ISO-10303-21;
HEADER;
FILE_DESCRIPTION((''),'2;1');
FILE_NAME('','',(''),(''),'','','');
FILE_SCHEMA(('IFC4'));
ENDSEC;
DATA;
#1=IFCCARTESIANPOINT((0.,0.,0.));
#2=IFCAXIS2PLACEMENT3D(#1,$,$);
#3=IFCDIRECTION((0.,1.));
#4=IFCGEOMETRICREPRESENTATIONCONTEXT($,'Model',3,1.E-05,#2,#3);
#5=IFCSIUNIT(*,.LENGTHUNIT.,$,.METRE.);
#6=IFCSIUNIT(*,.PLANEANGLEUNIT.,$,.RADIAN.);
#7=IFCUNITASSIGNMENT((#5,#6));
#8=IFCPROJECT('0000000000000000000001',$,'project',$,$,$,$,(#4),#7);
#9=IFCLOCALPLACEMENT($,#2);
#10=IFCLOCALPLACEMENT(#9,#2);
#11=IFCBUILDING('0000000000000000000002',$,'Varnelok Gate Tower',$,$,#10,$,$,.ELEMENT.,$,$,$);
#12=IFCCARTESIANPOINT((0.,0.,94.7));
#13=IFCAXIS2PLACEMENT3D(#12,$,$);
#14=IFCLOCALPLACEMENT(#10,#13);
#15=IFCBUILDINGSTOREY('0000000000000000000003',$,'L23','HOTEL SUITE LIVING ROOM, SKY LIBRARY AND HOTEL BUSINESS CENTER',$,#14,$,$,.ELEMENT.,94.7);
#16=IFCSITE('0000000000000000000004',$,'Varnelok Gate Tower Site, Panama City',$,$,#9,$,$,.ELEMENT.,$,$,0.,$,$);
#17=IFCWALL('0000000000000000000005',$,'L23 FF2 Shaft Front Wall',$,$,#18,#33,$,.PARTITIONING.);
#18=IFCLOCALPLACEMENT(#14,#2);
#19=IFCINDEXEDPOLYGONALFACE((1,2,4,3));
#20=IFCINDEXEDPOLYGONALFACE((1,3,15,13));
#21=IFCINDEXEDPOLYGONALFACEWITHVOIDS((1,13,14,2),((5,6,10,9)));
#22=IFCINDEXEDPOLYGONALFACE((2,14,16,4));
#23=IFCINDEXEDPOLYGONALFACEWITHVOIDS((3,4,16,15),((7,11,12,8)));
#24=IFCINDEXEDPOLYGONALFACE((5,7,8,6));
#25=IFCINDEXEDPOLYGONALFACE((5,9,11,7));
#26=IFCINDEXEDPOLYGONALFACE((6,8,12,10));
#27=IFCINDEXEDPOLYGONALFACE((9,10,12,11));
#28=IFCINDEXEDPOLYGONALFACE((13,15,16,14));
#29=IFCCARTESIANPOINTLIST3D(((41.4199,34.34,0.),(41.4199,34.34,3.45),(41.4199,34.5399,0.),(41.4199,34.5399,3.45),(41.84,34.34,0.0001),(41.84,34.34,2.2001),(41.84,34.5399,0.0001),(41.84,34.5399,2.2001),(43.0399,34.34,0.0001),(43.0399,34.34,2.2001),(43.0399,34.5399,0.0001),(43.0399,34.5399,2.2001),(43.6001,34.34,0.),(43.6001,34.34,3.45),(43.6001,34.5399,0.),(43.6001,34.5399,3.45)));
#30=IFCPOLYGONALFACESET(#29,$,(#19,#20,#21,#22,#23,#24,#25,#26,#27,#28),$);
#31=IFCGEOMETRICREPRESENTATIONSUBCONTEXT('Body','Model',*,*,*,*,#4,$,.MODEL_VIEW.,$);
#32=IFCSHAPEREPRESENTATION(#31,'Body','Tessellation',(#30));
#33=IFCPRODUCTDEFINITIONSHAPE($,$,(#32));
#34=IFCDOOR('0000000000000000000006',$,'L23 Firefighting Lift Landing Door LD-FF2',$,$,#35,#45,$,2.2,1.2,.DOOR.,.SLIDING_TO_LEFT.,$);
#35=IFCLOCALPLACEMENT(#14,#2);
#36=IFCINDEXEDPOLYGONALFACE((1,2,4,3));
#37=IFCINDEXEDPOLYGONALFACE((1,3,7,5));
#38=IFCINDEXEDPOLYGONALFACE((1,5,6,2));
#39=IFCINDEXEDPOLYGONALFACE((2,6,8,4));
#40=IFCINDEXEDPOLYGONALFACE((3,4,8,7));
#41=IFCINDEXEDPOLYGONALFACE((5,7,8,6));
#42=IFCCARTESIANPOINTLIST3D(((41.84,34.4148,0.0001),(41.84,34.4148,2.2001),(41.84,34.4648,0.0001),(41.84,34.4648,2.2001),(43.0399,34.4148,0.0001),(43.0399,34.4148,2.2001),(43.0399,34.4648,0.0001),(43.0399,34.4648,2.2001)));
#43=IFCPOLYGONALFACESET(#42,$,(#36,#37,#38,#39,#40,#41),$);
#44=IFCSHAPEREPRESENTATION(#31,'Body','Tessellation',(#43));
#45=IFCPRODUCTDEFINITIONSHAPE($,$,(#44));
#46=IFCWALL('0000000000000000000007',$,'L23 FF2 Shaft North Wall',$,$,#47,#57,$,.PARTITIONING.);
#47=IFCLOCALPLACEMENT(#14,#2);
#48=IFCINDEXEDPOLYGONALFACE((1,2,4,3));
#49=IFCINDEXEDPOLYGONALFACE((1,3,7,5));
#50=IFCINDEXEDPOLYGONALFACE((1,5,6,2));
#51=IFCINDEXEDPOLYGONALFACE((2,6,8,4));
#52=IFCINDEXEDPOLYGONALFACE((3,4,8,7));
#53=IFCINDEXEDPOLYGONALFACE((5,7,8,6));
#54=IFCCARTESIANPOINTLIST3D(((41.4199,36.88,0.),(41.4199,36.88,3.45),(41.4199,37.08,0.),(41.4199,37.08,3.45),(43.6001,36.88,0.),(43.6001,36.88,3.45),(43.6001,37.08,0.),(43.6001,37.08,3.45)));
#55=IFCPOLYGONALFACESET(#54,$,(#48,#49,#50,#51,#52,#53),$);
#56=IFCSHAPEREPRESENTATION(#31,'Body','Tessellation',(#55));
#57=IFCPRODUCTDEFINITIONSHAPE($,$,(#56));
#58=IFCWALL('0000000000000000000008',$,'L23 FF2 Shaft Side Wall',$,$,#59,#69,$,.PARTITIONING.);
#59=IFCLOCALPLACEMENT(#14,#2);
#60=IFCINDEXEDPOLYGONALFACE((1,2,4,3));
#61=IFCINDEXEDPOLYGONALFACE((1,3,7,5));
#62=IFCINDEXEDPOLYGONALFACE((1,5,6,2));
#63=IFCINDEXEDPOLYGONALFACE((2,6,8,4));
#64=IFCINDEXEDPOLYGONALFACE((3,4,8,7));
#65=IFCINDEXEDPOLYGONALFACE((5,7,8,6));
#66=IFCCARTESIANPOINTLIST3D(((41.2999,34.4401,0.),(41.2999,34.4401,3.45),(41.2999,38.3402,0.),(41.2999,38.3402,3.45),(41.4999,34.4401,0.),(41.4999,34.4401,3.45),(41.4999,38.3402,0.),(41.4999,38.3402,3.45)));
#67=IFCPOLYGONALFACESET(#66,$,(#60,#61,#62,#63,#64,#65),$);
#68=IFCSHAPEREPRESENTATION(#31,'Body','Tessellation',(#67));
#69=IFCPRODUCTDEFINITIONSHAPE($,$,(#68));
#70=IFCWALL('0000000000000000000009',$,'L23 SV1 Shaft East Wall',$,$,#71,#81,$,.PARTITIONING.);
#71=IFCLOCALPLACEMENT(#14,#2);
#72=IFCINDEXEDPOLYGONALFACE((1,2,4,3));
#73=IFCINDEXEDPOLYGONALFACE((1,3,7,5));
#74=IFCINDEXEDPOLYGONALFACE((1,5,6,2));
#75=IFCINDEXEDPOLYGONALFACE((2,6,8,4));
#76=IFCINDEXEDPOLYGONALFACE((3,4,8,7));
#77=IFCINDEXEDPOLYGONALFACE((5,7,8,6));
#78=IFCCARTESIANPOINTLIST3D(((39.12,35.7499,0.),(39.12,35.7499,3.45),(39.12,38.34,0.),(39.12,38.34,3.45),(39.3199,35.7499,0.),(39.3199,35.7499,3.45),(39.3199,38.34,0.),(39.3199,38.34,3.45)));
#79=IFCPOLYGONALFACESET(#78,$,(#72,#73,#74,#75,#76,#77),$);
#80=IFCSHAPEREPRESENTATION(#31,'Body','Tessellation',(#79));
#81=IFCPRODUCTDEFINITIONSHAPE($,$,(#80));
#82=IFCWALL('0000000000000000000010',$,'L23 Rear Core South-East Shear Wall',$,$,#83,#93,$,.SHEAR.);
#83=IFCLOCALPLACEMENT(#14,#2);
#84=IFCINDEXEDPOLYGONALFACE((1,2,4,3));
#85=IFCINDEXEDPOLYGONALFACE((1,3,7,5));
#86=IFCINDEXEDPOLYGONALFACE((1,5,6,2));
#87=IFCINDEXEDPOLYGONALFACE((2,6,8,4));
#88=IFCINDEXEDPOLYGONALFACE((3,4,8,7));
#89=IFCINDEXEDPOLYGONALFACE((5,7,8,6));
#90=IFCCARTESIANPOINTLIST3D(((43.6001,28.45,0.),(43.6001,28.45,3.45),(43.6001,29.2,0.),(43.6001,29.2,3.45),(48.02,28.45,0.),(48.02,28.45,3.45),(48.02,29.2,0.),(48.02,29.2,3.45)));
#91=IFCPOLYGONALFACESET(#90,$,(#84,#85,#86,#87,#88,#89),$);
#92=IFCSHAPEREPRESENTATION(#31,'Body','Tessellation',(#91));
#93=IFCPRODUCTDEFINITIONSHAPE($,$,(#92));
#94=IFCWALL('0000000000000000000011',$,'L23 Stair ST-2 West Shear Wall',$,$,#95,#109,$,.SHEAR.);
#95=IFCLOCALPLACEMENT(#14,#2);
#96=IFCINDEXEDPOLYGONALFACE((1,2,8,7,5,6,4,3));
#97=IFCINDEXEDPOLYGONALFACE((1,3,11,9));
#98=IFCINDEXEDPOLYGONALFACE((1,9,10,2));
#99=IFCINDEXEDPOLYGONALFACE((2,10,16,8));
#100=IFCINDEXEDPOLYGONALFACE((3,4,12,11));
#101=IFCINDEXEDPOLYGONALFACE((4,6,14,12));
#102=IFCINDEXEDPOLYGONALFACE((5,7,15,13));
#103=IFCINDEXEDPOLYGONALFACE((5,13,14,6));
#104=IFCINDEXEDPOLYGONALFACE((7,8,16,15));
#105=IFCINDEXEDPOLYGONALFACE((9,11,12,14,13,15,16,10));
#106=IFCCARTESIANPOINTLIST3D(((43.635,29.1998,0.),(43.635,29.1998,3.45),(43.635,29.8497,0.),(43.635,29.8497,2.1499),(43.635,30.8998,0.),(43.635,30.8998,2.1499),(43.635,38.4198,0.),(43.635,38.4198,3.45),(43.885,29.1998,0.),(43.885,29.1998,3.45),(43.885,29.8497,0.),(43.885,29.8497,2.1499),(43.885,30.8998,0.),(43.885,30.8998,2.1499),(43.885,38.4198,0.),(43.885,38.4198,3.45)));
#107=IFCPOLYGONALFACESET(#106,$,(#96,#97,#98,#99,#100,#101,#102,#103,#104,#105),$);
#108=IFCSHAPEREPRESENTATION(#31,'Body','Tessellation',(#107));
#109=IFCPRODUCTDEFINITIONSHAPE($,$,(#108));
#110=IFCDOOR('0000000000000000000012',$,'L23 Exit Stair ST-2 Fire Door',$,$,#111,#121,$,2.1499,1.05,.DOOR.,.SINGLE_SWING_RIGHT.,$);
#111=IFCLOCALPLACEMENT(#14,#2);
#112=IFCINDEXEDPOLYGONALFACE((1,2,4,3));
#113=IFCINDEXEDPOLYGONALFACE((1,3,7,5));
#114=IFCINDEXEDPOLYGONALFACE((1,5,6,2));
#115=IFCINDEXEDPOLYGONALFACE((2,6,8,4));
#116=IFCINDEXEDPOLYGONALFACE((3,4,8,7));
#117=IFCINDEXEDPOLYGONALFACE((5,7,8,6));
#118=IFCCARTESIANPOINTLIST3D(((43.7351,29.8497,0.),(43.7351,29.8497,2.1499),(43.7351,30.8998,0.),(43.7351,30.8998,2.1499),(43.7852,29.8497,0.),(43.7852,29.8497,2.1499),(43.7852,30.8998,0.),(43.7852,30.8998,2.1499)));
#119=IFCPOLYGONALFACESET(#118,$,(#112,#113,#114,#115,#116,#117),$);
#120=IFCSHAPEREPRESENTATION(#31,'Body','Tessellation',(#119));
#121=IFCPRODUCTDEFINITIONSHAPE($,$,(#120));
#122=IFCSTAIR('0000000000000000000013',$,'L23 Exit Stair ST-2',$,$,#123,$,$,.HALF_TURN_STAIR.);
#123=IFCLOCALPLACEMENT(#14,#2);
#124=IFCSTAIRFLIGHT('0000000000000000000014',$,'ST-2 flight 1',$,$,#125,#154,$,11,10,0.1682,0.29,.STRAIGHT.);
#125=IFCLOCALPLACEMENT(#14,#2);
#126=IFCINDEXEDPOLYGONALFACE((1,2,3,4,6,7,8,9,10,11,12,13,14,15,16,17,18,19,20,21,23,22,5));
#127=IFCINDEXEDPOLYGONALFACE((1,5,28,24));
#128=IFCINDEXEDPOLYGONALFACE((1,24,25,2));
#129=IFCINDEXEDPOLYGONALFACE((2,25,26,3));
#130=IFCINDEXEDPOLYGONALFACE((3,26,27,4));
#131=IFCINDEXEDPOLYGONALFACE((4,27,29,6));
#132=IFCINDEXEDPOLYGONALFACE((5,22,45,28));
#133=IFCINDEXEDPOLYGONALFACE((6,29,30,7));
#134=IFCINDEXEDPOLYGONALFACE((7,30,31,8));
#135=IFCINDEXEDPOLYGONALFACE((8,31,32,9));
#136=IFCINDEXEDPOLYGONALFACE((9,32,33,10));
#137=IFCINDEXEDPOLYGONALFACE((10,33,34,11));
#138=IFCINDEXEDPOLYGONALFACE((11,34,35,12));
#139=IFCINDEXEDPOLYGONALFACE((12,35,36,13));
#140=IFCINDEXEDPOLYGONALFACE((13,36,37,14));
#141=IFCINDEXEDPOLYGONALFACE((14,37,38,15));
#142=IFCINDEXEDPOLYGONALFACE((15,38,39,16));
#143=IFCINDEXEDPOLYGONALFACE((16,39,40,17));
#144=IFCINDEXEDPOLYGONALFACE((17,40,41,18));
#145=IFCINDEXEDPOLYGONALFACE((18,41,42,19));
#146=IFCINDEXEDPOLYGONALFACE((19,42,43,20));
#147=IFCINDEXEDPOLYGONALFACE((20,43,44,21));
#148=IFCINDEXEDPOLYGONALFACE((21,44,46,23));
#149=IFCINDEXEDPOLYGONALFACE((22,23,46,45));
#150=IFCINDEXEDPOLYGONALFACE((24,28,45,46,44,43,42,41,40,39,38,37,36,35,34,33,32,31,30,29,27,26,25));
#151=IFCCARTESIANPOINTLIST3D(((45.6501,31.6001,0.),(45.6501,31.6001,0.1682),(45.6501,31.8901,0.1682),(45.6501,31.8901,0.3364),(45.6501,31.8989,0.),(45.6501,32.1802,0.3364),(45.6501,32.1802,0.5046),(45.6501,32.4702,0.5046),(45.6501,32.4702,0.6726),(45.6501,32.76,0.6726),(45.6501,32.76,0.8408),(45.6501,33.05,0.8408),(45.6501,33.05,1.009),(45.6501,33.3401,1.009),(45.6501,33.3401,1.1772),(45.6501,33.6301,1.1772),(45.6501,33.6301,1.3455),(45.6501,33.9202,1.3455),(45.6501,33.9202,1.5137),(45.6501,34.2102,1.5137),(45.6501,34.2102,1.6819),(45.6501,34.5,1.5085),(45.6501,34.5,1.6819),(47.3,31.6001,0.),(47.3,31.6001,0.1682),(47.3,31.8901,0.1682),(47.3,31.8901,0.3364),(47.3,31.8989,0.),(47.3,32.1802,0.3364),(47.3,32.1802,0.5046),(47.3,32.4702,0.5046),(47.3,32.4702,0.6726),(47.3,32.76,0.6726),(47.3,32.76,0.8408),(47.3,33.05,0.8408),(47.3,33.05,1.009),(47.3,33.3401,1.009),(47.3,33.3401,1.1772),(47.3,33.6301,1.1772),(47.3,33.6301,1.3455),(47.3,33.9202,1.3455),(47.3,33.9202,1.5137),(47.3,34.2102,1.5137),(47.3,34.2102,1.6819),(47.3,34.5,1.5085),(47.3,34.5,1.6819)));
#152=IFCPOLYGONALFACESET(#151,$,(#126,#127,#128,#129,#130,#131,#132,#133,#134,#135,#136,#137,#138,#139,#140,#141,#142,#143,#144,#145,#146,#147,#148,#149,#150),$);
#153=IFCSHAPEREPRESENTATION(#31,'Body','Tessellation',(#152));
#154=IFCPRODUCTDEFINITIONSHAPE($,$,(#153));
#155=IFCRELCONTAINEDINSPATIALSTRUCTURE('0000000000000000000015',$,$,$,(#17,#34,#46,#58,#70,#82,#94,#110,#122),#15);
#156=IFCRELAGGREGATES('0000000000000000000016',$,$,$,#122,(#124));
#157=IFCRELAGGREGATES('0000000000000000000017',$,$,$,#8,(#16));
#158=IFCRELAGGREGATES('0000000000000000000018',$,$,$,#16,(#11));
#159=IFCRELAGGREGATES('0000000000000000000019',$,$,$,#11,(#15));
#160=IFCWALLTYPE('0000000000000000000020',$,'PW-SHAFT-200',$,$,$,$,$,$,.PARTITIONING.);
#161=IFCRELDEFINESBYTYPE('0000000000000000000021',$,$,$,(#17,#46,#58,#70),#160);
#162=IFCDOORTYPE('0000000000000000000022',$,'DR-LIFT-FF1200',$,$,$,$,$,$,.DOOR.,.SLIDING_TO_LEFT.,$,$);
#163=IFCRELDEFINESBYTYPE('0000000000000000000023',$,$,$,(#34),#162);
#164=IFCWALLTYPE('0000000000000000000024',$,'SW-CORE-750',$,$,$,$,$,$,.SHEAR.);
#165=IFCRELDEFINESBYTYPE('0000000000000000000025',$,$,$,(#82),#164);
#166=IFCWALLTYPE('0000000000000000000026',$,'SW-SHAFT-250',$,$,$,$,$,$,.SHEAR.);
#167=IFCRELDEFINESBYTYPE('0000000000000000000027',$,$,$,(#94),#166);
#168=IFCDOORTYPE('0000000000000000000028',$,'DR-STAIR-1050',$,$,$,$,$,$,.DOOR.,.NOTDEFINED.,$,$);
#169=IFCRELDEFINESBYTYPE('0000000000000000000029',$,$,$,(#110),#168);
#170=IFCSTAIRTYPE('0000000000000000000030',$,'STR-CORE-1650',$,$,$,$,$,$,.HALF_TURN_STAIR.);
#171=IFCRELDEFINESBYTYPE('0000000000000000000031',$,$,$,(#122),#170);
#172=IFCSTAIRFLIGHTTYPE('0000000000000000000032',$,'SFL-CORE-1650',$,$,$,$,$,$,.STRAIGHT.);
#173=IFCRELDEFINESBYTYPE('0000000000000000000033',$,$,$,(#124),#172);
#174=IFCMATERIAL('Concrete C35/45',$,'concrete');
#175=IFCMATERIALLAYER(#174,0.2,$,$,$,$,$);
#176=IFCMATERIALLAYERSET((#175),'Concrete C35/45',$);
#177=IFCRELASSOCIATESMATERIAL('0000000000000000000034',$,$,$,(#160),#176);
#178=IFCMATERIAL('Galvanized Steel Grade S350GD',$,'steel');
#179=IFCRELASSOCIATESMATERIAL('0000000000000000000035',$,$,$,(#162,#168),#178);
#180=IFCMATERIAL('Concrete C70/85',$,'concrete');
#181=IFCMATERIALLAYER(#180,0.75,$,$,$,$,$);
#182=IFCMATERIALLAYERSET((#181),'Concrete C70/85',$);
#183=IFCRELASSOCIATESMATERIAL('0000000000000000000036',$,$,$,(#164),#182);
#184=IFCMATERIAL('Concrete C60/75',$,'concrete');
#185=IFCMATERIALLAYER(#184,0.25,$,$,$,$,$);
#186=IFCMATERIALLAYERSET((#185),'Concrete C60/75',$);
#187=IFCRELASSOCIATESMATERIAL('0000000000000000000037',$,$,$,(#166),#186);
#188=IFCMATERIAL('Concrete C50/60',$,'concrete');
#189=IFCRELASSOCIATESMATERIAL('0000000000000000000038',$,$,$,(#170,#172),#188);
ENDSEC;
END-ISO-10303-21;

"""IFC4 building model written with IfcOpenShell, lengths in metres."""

from ifc_helpers import new_model, si_unit, direction, frame, frame_2d, origin, place, context, subcontext, project, spatial, polyline, rectangle, outline, extrude, material, layer, layer_set, type_object, element, fill, aggregate, save


model = new_model("IFC4")

# Units and contexts
model_context = context("Model", 3, precision=1e-05, world=origin(), true_north=direction((0.0, 1.0)))
body_context = subcontext(model_context, "Body", "Model", "MODEL_VIEW")
ifc_project = project(units=[si_unit("LENGTHUNIT", "METRE"), si_unit("PLANEANGLEUNIT", "RADIAN")], contexts=[model_context])

# Site, building, storey
site_placement = place(None, origin())
site = spatial("IfcSite", under=ifc_project, at=site_placement, Name="Varnelok Gate Tower Site, Panama City", CompositionType="ELEMENT", RefElevation=0.0)
building_placement = place(site_placement, origin())
building = spatial("IfcBuilding", under=site, at=building_placement, Name="Varnelok Gate Tower", CompositionType="ELEMENT")
storey_placement = place(building_placement, frame((0.0, 0.0, 94.7)))
storey = spatial("IfcBuildingStorey", under=building, at=storey_placement, Name="L23", Description="HOTEL SUITE LIVING ROOM, SKY LIBRARY AND HOTEL BUSINESS CENTER", CompositionType="ELEMENT", Elevation=94.7)

# Shared definitions
ifc_material_1 = material(Name="Concrete C70/85", Category="concrete")

# Shared definitions
ifc_material_2 = material(Name="Galvanized Steel Grade S350GD", Category="steel")

# Shared definitions
ifc_material_3 = material(Name="Concrete C35/45", Category="concrete")
ifc_layer_1 = layer(ifc_material_3, 0.2)
ifc_layer_set_1 = layer_set([ifc_layer_1], Name="Concrete C35/45")
wall_type_1 = type_object("IfcWallType", Name="PW-SHAFT-200", PredefinedType="PARTITIONING", material=ifc_layer_set_1)

# Wall, opening, door
wall_1_placement = place(storey_placement, frame((41.4199, 34.4399, 0.0), z_axis=(0.0, 0.0, 1.0), x_axis=(1.0, 0.0, 0.0)))
wall_1 = element("IfcWall", 1, at=wall_1_placement, inside=storey, type_object=wall_type_1, Name="L23 FF2 Shaft Front Wall", PredefinedType="PARTITIONING", context=body_context, shape_type="SweptSolid", body=[
    extrude(rectangle(XDim=2.1802, YDim=0.2, at=frame_2d((1.0901, 0.0))), origin(), (0.0, 0.0, 1.0), 3.45),
])
opening_1_placement = place(wall_1_placement, frame((0.4199, 0.0, 0.0)))
opening_1 = element("IfcOpeningElement", 2, at=opening_1_placement, cuts=wall_1, PredefinedType="OPENING", context=body_context, shape_type="SweptSolid", body=[
    extrude(rectangle(XDim=1.2, YDim=2.2, at=frame_2d((0.6001, 1.1001))), frame((0.0, 0.1099, 0.0), z_axis=(0.0, -1.0, 0.0), x_axis=(1.0, 0.0, 0.0)), (0.0, 0.0, 1.0), 0.22),
])
door_type_1 = type_object("IfcDoorType", Name="DR-LIFT-FF1200", OperationType="SLIDING_TO_LEFT", PredefinedType="DOOR", material=ifc_material_2)
door_1_placement = place(opening_1_placement, origin())
door_1 = element("IfcDoor", 3, at=door_1_placement, inside=storey, type_object=door_type_1, Name="L23 Firefighting Lift Landing Door LD-FF2", OperationType="SLIDING_TO_LEFT", OverallHeight=2.2, OverallWidth=1.2, PredefinedType="DOOR", context=body_context, shape_type="SweptSolid", body=[
    extrude(rectangle(XDim=1.2, YDim=2.2, at=frame_2d((0.6001, 1.1001))), frame((0.0, 0.0249, 0.0), z_axis=(0.0, -1.0, 0.0), x_axis=(1.0, 0.0, 0.0)), (0.0, 0.0, 1.0), 0.05),
])
fill(opening_1, door_1)

# Walls
wall_2_placement = place(storey_placement, frame((41.4199, 36.98, 0.0), z_axis=(0.0, 0.0, 1.0), x_axis=(1.0, 0.0, 0.0)))
element("IfcWall", 4, at=wall_2_placement, inside=storey, type_object=wall_type_1, Name="L23 FF2 Shaft North Wall", PredefinedType="PARTITIONING", context=body_context, shape_type="SweptSolid", body=[
    extrude(rectangle(XDim=2.1802, YDim=0.2, at=frame_2d((1.0901, 0.0))), origin(), (0.0, 0.0, 1.0), 3.45),
])
wall_3_placement = place(storey_placement, frame((41.3999, 34.4399, 0.0), z_axis=(0.0, 0.0, 1.0), x_axis=(0.0, 1.0, 0.0)))
element("IfcWall", 5, at=wall_3_placement, inside=storey, type_object=wall_type_1, Name="L23 FF2 Shaft Side Wall", PredefinedType="PARTITIONING", context=body_context, shape_type="SweptSolid", body=[
    extrude(rectangle(XDim=3.9001, YDim=0.2, at=frame_2d((1.9502, 0.0))), origin(), (0.0, 0.0, 1.0), 3.45),
])
wall_4_placement = place(storey_placement, frame((39.22, 35.75, 0.0), z_axis=(0.0, 0.0, 1.0), x_axis=(0.0, 1.0, 0.0)))
element("IfcWall", 6, at=wall_4_placement, inside=storey, type_object=wall_type_1, Name="L23 SV1 Shaft East Wall", PredefinedType="PARTITIONING", context=body_context, shape_type="SweptSolid", body=[
    extrude(rectangle(XDim=2.5901, YDim=0.2, at=frame_2d((1.2949, 0.0))), origin(), (0.0, 0.0, 1.0), 3.45),
])
ifc_layer_2 = layer(ifc_material_1, 0.75)
ifc_layer_set_2 = layer_set([ifc_layer_2], Name="Concrete C70/85")
wall_type_2 = type_object("IfcWallType", Name="SW-CORE-750", PredefinedType="SHEAR", material=ifc_layer_set_2)
wall_5_placement = place(storey_placement, frame((43.6001, 28.825, 0.0), z_axis=(0.0, 0.0, 1.0), x_axis=(1.0, 0.0, 0.0)))
element("IfcWall", 7, at=wall_5_placement, inside=storey, type_object=wall_type_2, Name="L23 Rear Core South-East Shear Wall", PredefinedType="SHEAR", context=body_context, shape_type="SweptSolid", body=[
    extrude(rectangle(XDim=4.4199, YDim=0.75, at=frame_2d((2.21, 0.0))), origin(), (0.0, 0.0, 1.0), 3.45),
])

# Wall, opening, door
ifc_material_4 = material(Name="Concrete C60/75", Category="concrete")
ifc_layer_3 = layer(ifc_material_4, 0.25)
ifc_layer_set_3 = layer_set([ifc_layer_3], Name="Concrete C60/75")
wall_type_3 = type_object("IfcWallType", Name="SW-SHAFT-250", PredefinedType="SHEAR", material=ifc_layer_set_3)
wall_6_placement = place(storey_placement, frame((43.76, 29.2, 0.0), z_axis=(0.0, 0.0, 1.0), x_axis=(0.0, 1.0, 0.0)))
wall_6 = element("IfcWall", 8, at=wall_6_placement, inside=storey, type_object=wall_type_3, Name="L23 Stair ST-2 West Shear Wall", PredefinedType="SHEAR", context=body_context, shape_type="SweptSolid", body=[
    extrude(rectangle(XDim=9.22, YDim=0.25, at=frame_2d((4.6099, 0.0))), origin(), (0.0, 0.0, 1.0), 3.45),
])
opening_2_placement = place(wall_6_placement, frame((0.6499, 0.0, 0.0)))
opening_2 = element("IfcOpeningElement", 9, at=opening_2_placement, cuts=wall_6, PredefinedType="OPENING", context=body_context, shape_type="SweptSolid", body=[
    extrude(rectangle(XDim=1.05, YDim=2.1499, at=frame_2d((0.5249, 1.075))), frame((0.0, 0.135, 0.0), z_axis=(0.0, -1.0, 0.0), x_axis=(1.0, 0.0, 0.0)), (0.0, 0.0, 1.0), 0.27),
])
door_type_2 = type_object("IfcDoorType", Name="DR-STAIR-1050", OperationType="NOTDEFINED", PredefinedType="DOOR", material=ifc_material_2)
door_2_placement = place(opening_2_placement, origin())
door_2 = element("IfcDoor", 10, at=door_2_placement, inside=storey, type_object=door_type_2, Name="L23 Exit Stair ST-2 Fire Door", OperationType="SINGLE_SWING_RIGHT", OverallHeight=2.1499, OverallWidth=1.05, PredefinedType="DOOR", context=body_context, shape_type="SweptSolid", body=[
    extrude(rectangle(XDim=1.05, YDim=2.1499, at=frame_2d((0.5249, 1.075))), frame((0.0, 0.0249, 0.0), z_axis=(0.0, -1.0, 0.0), x_axis=(1.0, 0.0, 0.0)), (0.0, 0.0, 1.0), 0.05),
])
fill(opening_2, door_2)

# Stair, stair flight
ifc_material_5 = material(Name="Concrete C50/60", Category="concrete")
stair_type = type_object("IfcStairType", Name="STR-CORE-1650", PredefinedType="HALF_TURN_STAIR", material=ifc_material_5)
stair_placement = place(storey_placement, origin())
stair = element("IfcStair", 11, at=stair_placement, inside=storey, type_object=stair_type, Name="L23 Exit Stair ST-2", PredefinedType="HALF_TURN_STAIR")
stair_flight_type = type_object("IfcStairFlightType", Name="SFL-CORE-1650", PredefinedType="STRAIGHT", material=ifc_material_5)
stair_flight_1_placement = place(storey_placement, frame((46.4751, 31.6001, 0.0), z_axis=(0.0, 0.0, 1.0), x_axis=(0.0, 1.0, 0.0)))
stair_flight_1 = element("IfcStairFlight", 12, at=stair_flight_1_placement, type_object=stair_flight_type, Name="ST-2 flight 1", NumberOfRisers=11, NumberOfTreads=10, PredefinedType="STRAIGHT", RiserHeight=0.1682, TreadLength=0.29, context=body_context, shape_type="SweptSolid", body=[
    extrude(outline(polyline([(0.0, 0.0), (0.0, 0.1682), (0.29, 0.1682), (0.29, 0.3364), (0.5801, 0.3364), (0.5801, 0.5046), (0.8701, 0.5046), (0.8701, 0.6726), (1.1599, 0.6726), (1.1599, 0.8408), (1.45, 0.8408), (1.45, 1.009), (1.74, 1.009), (1.74, 1.1772), (2.03, 1.1772), (2.03, 1.3455), (2.3201, 1.3455), (2.3201, 1.5137), (2.6101, 1.5137), (2.6101, 1.6819), (2.8999, 1.6819), (2.8999, 1.8501), (2.8999, 1.5085), (0.2988, 0.0), (0.0, 0.0)])), frame((0.0, 0.825, 0.0), z_axis=(0.0, -1.0, 0.0), x_axis=(1.0, 0.0, 0.0)), (0.0, 0.0, 1.0), 1.6499),
])
aggregate(stair, [stair_flight_1])

save(model, "model.ifc")
